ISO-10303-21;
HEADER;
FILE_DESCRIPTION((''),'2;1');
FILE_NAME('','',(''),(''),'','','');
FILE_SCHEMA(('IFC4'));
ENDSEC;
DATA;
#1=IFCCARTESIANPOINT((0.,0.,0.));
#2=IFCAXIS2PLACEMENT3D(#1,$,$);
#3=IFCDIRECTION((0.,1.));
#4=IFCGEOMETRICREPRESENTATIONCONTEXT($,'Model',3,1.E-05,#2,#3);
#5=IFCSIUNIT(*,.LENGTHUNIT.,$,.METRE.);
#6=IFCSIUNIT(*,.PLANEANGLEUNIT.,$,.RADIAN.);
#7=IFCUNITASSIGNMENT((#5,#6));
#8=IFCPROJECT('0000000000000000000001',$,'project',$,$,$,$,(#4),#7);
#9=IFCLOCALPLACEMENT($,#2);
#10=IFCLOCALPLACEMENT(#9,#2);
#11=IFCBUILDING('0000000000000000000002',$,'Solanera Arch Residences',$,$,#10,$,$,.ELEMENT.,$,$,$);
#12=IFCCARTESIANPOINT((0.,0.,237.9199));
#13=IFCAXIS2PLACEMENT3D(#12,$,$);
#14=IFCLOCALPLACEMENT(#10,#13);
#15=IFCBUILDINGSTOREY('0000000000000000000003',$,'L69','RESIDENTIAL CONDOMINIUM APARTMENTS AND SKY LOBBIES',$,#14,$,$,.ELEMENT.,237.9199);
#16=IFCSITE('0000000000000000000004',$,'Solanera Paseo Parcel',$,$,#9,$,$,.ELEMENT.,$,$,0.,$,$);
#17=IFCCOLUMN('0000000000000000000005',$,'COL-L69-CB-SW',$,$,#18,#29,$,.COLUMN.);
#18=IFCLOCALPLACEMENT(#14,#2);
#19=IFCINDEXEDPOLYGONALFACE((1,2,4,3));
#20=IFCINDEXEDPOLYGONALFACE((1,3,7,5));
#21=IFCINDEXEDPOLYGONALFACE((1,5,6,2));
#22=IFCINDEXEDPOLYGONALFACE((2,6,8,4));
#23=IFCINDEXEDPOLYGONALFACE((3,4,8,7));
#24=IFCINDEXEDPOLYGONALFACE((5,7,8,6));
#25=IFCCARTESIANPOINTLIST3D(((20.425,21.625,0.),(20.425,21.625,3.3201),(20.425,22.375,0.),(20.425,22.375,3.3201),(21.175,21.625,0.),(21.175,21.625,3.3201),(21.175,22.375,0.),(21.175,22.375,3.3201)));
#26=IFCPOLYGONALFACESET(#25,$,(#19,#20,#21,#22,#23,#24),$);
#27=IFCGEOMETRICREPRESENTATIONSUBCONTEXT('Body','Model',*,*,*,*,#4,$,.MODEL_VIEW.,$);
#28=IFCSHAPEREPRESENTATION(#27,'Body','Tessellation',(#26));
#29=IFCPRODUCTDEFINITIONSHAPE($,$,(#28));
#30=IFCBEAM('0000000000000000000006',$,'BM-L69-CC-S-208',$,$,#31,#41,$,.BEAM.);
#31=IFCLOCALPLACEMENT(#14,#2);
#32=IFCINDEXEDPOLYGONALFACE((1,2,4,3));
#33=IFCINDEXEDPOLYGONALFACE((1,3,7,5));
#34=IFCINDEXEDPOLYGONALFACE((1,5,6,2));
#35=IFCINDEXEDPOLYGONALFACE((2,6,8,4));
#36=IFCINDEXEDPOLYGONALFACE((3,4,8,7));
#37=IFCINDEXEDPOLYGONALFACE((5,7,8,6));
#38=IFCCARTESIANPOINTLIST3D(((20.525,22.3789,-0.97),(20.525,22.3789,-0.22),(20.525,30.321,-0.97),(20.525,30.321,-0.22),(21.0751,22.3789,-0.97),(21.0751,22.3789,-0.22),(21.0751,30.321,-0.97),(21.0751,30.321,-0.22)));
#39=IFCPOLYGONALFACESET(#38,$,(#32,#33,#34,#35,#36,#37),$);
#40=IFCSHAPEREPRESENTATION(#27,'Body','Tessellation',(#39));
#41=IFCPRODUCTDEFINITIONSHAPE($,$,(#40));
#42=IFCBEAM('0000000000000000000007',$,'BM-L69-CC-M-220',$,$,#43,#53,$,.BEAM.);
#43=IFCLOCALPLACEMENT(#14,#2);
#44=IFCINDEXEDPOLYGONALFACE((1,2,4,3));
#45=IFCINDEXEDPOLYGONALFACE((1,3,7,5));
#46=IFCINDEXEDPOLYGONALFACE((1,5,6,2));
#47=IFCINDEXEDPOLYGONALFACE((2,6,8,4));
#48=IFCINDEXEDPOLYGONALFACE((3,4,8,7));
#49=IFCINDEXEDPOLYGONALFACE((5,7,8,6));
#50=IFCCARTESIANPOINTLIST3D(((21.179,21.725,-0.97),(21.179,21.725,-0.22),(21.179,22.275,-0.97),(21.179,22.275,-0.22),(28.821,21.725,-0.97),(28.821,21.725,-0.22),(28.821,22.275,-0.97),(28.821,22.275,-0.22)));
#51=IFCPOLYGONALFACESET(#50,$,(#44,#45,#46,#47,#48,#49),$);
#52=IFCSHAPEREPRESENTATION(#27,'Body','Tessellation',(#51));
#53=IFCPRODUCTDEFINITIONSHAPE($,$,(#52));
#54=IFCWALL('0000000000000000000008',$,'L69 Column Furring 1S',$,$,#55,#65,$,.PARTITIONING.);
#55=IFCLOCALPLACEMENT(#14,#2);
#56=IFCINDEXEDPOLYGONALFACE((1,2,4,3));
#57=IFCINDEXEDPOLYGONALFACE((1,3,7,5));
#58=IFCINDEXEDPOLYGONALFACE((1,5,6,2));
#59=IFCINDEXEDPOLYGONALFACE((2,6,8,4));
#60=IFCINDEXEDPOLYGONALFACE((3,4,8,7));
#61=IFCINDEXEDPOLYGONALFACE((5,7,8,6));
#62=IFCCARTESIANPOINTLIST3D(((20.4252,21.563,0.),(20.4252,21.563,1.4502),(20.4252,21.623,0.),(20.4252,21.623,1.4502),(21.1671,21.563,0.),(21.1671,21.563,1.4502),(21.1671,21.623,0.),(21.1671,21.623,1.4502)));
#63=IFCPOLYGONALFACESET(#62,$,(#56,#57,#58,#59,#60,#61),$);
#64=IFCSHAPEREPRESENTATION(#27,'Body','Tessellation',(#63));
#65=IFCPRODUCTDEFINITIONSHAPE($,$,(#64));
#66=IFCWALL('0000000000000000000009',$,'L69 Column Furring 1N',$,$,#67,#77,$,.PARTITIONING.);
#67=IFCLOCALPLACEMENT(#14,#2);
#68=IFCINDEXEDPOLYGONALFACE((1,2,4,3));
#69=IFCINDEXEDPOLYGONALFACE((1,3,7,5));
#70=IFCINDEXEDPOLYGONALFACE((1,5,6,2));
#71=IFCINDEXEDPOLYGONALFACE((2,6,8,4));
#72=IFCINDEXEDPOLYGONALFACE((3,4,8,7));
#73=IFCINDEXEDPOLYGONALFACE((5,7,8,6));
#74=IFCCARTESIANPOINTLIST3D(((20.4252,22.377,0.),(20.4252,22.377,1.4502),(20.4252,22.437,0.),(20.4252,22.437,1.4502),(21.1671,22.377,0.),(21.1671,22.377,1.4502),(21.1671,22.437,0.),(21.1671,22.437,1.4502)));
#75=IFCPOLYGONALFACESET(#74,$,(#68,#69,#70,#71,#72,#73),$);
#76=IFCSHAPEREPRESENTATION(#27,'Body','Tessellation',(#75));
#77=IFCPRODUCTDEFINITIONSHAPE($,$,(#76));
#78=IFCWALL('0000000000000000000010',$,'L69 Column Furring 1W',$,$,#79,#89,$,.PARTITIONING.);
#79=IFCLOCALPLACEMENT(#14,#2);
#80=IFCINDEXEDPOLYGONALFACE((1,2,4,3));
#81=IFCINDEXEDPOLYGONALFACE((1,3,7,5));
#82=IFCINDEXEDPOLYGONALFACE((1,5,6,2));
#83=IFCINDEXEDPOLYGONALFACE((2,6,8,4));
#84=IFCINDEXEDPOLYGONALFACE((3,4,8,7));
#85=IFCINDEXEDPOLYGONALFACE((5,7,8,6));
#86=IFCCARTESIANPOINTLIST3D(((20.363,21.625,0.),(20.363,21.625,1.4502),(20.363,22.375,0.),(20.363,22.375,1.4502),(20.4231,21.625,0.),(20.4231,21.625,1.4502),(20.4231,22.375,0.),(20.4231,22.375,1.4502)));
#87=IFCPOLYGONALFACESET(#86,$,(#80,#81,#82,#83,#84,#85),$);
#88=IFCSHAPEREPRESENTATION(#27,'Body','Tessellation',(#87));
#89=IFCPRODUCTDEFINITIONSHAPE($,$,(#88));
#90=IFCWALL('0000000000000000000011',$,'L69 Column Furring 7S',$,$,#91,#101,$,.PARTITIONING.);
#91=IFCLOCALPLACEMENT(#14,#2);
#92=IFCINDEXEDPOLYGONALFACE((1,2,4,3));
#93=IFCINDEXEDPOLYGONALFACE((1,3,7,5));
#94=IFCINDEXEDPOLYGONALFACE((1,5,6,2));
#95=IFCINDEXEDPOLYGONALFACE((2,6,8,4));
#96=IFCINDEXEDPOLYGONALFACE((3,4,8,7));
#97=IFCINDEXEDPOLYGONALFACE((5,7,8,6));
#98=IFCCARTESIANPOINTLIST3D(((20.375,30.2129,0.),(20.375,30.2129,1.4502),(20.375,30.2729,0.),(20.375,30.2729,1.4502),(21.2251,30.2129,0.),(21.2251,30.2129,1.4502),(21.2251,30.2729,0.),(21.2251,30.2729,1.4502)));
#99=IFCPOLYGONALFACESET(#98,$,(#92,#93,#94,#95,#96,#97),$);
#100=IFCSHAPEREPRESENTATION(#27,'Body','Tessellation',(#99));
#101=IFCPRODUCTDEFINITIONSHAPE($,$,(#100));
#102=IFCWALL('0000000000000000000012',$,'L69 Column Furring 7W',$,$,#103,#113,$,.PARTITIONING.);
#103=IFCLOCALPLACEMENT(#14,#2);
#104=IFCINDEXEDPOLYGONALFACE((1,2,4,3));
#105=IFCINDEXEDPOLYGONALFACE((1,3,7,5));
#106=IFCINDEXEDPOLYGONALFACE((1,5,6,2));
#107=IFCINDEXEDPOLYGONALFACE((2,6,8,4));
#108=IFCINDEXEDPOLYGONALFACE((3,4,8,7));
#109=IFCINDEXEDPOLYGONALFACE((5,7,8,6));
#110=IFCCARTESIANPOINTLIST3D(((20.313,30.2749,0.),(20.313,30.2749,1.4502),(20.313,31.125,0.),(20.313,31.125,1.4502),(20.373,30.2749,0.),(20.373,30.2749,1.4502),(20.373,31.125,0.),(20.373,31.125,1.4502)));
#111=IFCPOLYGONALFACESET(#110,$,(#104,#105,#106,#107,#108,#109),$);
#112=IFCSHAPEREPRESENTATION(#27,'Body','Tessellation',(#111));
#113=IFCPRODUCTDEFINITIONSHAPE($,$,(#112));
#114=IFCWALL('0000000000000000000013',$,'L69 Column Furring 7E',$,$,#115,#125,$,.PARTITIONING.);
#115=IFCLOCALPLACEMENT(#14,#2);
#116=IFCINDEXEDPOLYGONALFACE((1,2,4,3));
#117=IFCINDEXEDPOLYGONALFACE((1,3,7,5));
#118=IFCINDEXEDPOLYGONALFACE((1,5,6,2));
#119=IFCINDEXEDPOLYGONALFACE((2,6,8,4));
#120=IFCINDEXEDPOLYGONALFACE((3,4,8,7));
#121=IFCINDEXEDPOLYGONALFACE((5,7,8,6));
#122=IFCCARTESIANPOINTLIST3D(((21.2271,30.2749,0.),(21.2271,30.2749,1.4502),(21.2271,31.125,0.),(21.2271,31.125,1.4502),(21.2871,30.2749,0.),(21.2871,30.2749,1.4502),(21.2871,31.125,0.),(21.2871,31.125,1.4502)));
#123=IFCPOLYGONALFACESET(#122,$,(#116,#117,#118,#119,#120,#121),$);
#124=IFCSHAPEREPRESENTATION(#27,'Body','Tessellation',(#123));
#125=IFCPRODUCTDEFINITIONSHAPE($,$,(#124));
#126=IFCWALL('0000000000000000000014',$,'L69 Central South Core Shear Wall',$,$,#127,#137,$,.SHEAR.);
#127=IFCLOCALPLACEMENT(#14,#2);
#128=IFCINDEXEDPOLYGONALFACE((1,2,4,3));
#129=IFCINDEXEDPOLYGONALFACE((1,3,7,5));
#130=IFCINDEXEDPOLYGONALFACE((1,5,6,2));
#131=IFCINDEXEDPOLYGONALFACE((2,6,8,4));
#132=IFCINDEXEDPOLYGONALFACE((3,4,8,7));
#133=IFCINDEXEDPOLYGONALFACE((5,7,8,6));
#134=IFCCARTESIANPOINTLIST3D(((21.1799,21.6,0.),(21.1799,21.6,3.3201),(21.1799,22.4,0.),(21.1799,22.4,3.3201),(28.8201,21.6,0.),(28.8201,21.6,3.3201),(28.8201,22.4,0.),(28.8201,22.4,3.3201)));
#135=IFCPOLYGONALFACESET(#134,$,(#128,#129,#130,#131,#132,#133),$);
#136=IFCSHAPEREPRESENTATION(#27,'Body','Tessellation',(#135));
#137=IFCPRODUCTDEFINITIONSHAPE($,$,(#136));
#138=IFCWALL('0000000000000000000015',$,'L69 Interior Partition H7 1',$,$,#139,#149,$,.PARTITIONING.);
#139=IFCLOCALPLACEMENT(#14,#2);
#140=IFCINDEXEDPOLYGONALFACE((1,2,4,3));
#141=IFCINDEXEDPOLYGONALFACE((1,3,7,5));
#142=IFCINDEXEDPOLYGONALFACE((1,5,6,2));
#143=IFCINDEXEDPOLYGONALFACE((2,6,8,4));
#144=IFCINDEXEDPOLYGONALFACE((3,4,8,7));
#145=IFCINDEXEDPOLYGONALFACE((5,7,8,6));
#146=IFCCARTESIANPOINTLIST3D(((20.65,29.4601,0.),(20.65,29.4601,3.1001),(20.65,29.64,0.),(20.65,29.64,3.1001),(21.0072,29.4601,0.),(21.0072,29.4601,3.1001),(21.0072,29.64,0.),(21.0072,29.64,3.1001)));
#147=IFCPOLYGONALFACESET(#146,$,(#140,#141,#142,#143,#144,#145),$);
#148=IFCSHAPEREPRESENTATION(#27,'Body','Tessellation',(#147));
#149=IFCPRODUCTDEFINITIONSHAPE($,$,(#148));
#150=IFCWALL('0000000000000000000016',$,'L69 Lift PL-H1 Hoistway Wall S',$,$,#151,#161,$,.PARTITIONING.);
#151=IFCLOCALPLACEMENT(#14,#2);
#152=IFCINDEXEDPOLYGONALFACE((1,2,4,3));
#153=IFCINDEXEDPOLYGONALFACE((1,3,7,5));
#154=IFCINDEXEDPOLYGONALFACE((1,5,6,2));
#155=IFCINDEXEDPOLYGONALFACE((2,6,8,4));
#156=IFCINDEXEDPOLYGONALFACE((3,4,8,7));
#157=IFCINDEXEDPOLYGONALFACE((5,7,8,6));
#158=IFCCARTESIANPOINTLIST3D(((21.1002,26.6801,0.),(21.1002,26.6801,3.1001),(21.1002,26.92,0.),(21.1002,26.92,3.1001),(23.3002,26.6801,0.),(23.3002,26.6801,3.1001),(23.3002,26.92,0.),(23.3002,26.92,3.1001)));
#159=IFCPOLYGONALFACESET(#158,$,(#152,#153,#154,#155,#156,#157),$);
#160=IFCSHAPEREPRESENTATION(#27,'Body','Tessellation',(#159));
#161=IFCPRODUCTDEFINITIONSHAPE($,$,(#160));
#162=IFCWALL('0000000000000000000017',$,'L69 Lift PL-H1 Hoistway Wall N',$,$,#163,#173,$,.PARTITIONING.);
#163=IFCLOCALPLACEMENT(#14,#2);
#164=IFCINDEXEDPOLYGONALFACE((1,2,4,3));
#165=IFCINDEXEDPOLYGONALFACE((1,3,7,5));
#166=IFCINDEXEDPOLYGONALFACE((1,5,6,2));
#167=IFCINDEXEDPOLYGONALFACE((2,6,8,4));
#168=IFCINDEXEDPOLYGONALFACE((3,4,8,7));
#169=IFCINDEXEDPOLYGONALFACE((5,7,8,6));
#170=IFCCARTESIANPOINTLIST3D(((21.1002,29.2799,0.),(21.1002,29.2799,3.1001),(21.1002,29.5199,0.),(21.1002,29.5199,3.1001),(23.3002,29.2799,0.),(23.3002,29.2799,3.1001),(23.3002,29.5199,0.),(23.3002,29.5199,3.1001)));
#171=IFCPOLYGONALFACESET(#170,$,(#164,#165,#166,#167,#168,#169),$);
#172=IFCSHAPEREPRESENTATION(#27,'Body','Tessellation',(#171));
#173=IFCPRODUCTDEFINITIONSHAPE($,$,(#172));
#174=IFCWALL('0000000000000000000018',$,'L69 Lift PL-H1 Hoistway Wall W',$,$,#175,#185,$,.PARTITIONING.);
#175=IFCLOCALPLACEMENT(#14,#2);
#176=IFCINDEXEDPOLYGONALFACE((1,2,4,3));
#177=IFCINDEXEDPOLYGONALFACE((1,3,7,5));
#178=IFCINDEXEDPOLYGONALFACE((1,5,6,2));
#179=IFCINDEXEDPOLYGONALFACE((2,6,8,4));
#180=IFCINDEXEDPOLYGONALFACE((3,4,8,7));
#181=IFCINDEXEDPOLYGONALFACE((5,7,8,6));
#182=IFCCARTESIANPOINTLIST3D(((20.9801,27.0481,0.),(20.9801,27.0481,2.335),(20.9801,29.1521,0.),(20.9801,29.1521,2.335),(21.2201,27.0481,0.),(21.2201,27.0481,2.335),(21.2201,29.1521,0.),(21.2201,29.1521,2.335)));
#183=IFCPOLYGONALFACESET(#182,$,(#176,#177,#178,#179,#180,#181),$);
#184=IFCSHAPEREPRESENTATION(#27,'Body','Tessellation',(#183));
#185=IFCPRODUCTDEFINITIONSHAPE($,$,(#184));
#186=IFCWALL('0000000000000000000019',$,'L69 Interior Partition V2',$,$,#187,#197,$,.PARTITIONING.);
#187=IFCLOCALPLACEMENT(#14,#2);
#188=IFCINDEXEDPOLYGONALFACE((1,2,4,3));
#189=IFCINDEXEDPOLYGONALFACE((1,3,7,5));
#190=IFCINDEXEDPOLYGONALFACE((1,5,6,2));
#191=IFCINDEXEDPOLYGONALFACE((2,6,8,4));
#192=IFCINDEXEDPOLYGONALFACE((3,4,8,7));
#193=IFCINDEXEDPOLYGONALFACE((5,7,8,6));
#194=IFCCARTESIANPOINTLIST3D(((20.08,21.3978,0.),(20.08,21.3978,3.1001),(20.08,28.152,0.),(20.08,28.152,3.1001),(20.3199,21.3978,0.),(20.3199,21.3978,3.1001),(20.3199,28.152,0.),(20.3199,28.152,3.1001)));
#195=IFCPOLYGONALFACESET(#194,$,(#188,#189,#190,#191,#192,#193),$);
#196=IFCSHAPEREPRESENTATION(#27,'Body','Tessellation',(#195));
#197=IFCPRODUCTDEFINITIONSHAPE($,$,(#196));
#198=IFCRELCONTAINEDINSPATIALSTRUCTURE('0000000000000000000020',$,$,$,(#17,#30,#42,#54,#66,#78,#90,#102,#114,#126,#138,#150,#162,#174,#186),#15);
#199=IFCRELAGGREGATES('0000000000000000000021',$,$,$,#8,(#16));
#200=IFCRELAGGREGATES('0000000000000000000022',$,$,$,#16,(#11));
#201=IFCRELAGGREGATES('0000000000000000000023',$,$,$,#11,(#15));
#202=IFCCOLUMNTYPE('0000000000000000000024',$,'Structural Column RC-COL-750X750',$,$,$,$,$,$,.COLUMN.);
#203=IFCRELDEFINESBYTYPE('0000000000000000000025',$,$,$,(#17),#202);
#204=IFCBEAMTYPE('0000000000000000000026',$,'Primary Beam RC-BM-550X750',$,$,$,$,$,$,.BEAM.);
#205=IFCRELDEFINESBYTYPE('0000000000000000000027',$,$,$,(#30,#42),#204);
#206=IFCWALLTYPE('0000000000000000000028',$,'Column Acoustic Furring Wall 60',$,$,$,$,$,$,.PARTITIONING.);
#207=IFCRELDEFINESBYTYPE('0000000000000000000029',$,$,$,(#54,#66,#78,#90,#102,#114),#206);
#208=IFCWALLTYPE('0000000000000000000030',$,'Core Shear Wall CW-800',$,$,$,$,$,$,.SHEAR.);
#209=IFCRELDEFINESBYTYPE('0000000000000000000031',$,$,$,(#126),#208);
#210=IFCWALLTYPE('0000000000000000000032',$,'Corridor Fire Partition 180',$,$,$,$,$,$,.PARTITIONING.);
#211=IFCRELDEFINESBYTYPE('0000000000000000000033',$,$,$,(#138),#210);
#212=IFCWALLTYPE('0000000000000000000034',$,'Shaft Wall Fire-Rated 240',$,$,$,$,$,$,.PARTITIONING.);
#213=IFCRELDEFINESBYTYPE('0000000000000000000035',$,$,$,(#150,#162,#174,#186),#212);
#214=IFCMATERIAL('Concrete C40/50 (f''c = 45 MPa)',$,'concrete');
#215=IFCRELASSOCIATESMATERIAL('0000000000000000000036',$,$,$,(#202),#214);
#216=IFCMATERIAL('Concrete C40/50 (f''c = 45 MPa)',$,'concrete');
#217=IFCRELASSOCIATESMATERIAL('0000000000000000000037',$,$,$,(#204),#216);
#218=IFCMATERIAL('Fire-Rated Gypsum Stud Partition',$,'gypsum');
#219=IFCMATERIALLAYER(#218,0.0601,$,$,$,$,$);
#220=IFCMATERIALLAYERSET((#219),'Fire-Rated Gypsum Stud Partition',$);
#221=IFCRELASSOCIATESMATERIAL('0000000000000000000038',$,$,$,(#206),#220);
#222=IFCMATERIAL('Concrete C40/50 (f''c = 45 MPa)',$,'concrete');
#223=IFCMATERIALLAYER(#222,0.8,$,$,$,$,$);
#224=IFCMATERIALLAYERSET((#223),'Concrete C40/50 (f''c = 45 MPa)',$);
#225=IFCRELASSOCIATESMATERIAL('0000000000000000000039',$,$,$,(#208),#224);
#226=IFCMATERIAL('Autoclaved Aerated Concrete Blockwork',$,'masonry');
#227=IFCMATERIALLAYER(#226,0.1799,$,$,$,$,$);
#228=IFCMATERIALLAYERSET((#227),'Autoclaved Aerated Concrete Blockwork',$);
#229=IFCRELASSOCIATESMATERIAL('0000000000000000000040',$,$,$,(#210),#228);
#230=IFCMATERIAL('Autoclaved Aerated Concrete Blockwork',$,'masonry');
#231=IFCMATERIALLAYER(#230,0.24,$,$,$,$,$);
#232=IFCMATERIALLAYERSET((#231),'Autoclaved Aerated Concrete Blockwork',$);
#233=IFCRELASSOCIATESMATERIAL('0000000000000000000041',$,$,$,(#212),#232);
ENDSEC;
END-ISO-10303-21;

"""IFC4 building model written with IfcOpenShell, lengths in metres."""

from ifc_helpers import new_model, si_unit, direction, frame, frame_2d, origin, origin_2d, place, context, subcontext, project, spatial, rectangle, extrude, material, layer, layer_set, material_profile, profile_set, type_object, element, save


model = new_model("IFC4")

# Units and contexts
model_context = context("Model", 3, precision=1e-05, world=origin(), true_north=direction((0.0, 1.0)))
body_context = subcontext(model_context, "Body", "Model", "MODEL_VIEW")
ifc_project = project(units=[si_unit("LENGTHUNIT", "METRE"), si_unit("PLANEANGLEUNIT", "RADIAN")], contexts=[model_context])

# Site, building, storey
site_placement = place(None, origin())
site = spatial("IfcSite", under=ifc_project, at=site_placement, Name="Solanera Paseo Parcel", CompositionType="ELEMENT", RefElevation=0.0)
building_placement = place(site_placement, origin())
building = spatial("IfcBuilding", under=site, at=building_placement, Name="Solanera Arch Residences", CompositionType="ELEMENT")
storey_placement = place(building_placement, frame((0.0, 0.0, 237.9199)))
storey = spatial("IfcBuildingStorey", under=building, at=storey_placement, Name="L69", Description="RESIDENTIAL CONDOMINIUM APARTMENTS AND SKY LOBBIES", CompositionType="ELEMENT", Elevation=237.9199)

# Column
ifc_material_1 = material(Name="Concrete C40/50 (f'c = 45 MPa)", Category="concrete")
ifc_material_profile_1 = material_profile(ifc_material_1, rectangle(XDim=0.75, YDim=0.75, at=origin_2d()))
ifc_profile_set_1 = profile_set([ifc_material_profile_1], Name="Concrete C40/50 (f'c = 45 MPa)")
column_type = type_object("IfcColumnType", Name="Structural Column RC-COL-750X750", PredefinedType="COLUMN", material=ifc_profile_set_1)
column_placement = place(storey_placement, frame((20.8, 22.0, 0.0), z_axis=(0.0, 0.0, 1.0), x_axis=(1.0, 0.0, 0.0)))
element("IfcColumn", 1, at=column_placement, inside=storey, type_object=column_type, Name="COL-L69-CB-SW", PredefinedType="COLUMN", context=body_context, shape_type="SweptSolid", body=[
    extrude(rectangle(XDim=0.75, YDim=0.75, at=origin_2d()), origin(), (0.0, 0.0, 1.0), 3.3201),
])

# Beams
ifc_material_2 = material(Name="Concrete C40/50 (f'c = 45 MPa)", Category="concrete")
ifc_material_profile_2 = material_profile(ifc_material_2, rectangle(XDim=0.55, YDim=0.75, at=origin_2d()))
ifc_profile_set_2 = profile_set([ifc_material_profile_2], Name="Concrete C40/50 (f'c = 45 MPa)")
beam_type = type_object("IfcBeamType", Name="Primary Beam RC-BM-550X750", PredefinedType="BEAM", material=ifc_profile_set_2)
beam_1_placement = place(storey_placement, frame((20.8, 22.3789, -0.595), z_axis=(0.0, 1.0, 0.0), x_axis=(-1.0, 0.0, 0.0)))
element("IfcBeam", 2, at=beam_1_placement, inside=storey, type_object=beam_type, Name="BM-L69-CC-S-208", PredefinedType="BEAM", context=body_context, shape_type="SweptSolid", body=[
    extrude(rectangle(XDim=0.55, YDim=0.75, at=origin_2d()), origin(), (0.0, 0.0, 1.0), 7.9421),
])
beam_2_placement = place(storey_placement, frame((21.179, 22.0, -0.595), z_axis=(1.0, 0.0, 0.0), x_axis=(0.0, 1.0, 0.0)))
element("IfcBeam", 3, at=beam_2_placement, inside=storey, type_object=beam_type, Name="BM-L69-CC-M-220", PredefinedType="BEAM", context=body_context, shape_type="SweptSolid", body=[
    extrude(rectangle(XDim=0.55, YDim=0.75, at=origin_2d()), origin(), (0.0, 0.0, 1.0), 7.6421),
])

# Walls
ifc_material_3 = material(Name="Fire-Rated Gypsum Stud Partition", Category="gypsum")
ifc_layer_1 = layer(ifc_material_3, 0.0601)
ifc_layer_set_1 = layer_set([ifc_layer_1], Name="Fire-Rated Gypsum Stud Partition")
wall_type_1 = type_object("IfcWallType", Name="Column Acoustic Furring Wall 60", PredefinedType="PARTITIONING", material=ifc_layer_set_1)
for number, where, z_axis, x_axis, name in (
    (4, (20.425, 21.593, 0.0), (0.0, 0.0, 1.0), (1.0, 0.0, 0.0), "L69 Column Furring 1S"),
    (5, (20.425, 22.407, 0.0), (0.0, 0.0, 1.0), (1.0, 0.0, 0.0), "L69 Column Furring 1N"),
):
    element("IfcWall", number, at=place(storey_placement, frame(where, z_axis=z_axis, x_axis=x_axis)), inside=storey, type_object=wall_type_1, Name=name, PredefinedType="PARTITIONING", context=body_context, shape_type="SweptSolid", body=[
        extrude(rectangle(XDim=0.7419, YDim=0.0601, at=frame_2d((0.3711, 0.0))), origin(), (0.0, 0.0, 1.0), 1.4502),
    ])
wall_1_placement = place(storey_placement, frame((20.3931, 21.625, 0.0), z_axis=(0.0, 0.0, 1.0), x_axis=(0.0, 1.0, 0.0)))
element("IfcWall", 6, at=wall_1_placement, inside=storey, type_object=wall_type_1, Name="L69 Column Furring 1W", PredefinedType="PARTITIONING", context=body_context, shape_type="SweptSolid", body=[
    extrude(rectangle(XDim=0.75, YDim=0.0601, at=frame_2d((0.375, 0.0))), origin(), (0.0, 0.0, 1.0), 1.4502),
])
for number, where, z_axis, x_axis, name in (
    (7, (20.375, 30.2429, 0.0), (0.0, 0.0, 1.0), (1.0, 0.0, 0.0), "L69 Column Furring 7S"),
    (8, (20.343, 30.2749, 0.0), (0.0, 0.0, 1.0), (0.0, 1.0, 0.0), "L69 Column Furring 7W"),
    (9, (21.2571, 30.2749, 0.0), (0.0, 0.0, 1.0), (0.0, 1.0, 0.0), "L69 Column Furring 7E"),
):
    element("IfcWall", number, at=place(storey_placement, frame(where, z_axis=z_axis, x_axis=x_axis)), inside=storey, type_object=wall_type_1, Name=name, PredefinedType="PARTITIONING", context=body_context, shape_type="SweptSolid", body=[
        extrude(rectangle(XDim=0.8501, YDim=0.0601, at=frame_2d((0.425, 0.0))), origin(), (0.0, 0.0, 1.0), 1.4502),
    ])

# Walls
ifc_material_4 = material(Name="Concrete C40/50 (f'c = 45 MPa)", Category="concrete")
ifc_layer_2 = layer(ifc_material_4, 0.8)
ifc_layer_set_2 = layer_set([ifc_layer_2], Name="Concrete C40/50 (f'c = 45 MPa)")
wall_type_2 = type_object("IfcWallType", Name="Core Shear Wall CW-800", PredefinedType="SHEAR", material=ifc_layer_set_2)
wall_2_placement = place(storey_placement, frame((21.1799, 22.0, 0.0), z_axis=(0.0, 0.0, 1.0), x_axis=(1.0, 0.0, 0.0)))
element("IfcWall", 10, at=wall_2_placement, inside=storey, type_object=wall_type_2, Name="L69 Central South Core Shear Wall", PredefinedType="SHEAR", context=body_context, shape_type="SweptSolid", body=[
    extrude(rectangle(XDim=7.6401, YDim=0.8, at=frame_2d((3.8201, 0.0))), origin(), (0.0, 0.0, 1.0), 3.3201),
])
ifc_material_5 = material(Name="Autoclaved Aerated Concrete Blockwork", Category="masonry")
ifc_layer_3 = layer(ifc_material_5, 0.1799)
ifc_layer_set_3 = layer_set([ifc_layer_3], Name="Autoclaved Aerated Concrete Blockwork")
wall_type_3 = type_object("IfcWallType", Name="Corridor Fire Partition 180", PredefinedType="PARTITIONING", material=ifc_layer_set_3)
wall_3_placement = place(storey_placement, frame((20.6499, 29.55, 0.0), z_axis=(0.0, 0.0, 1.0), x_axis=(1.0, 0.0, 0.0)))
element("IfcWall", 11, at=wall_3_placement, inside=storey, type_object=wall_type_3, Name="L69 Interior Partition H7 1", PredefinedType="PARTITIONING", context=body_context, shape_type="SweptSolid", body=[
    extrude(rectangle(XDim=0.3572, YDim=0.1799, at=frame_2d((0.1787, 0.0))), origin(), (0.0, 0.0, 1.0), 3.1001),
])
ifc_material_6 = material(Name="Autoclaved Aerated Concrete Blockwork", Category="masonry")
ifc_layer_4 = layer(ifc_material_6, 0.24)
ifc_layer_set_4 = layer_set([ifc_layer_4], Name="Autoclaved Aerated Concrete Blockwork")
wall_type_4 = type_object("IfcWallType", Name="Shaft Wall Fire-Rated 240", PredefinedType="PARTITIONING", material=ifc_layer_set_4)
for number, where, z_axis, x_axis, name in (
    (12, (21.1001, 26.8, 0.0), (0.0, 0.0, 1.0), (1.0, 0.0, 0.0), "L69 Lift PL-H1 Hoistway Wall S"),
    (13, (21.1001, 29.3999, 0.0), (0.0, 0.0, 1.0), (1.0, 0.0, 0.0), "L69 Lift PL-H1 Hoistway Wall N"),
):
    element("IfcWall", number, at=place(storey_placement, frame(where, z_axis=z_axis, x_axis=x_axis)), inside=storey, type_object=wall_type_4, Name=name, PredefinedType="PARTITIONING", context=body_context, shape_type="SweptSolid", body=[
        extrude(rectangle(XDim=2.2, YDim=0.24, at=frame_2d((1.1001, 0.0))), origin(), (0.0, 0.0, 1.0), 3.1001),
    ])
wall_4_placement = place(storey_placement, frame((21.1001, 27.0481, 0.0), z_axis=(0.0, 0.0, 1.0), x_axis=(0.0, 1.0, 0.0)))
element("IfcWall", 14, at=wall_4_placement, inside=storey, type_object=wall_type_4, Name="L69 Lift PL-H1 Hoistway Wall W", PredefinedType="PARTITIONING", context=body_context, shape_type="SweptSolid", body=[
    extrude(rectangle(XDim=2.104, YDim=0.24, at=frame_2d((1.052, 0.0))), origin(), (0.0, 0.0, 1.0), 2.335),
])

# Wall
wall_5_placement = place(storey_placement, frame((20.2, 21.3979, 0.0), z_axis=(0.0, 0.0, 1.0), x_axis=(0.0, 1.0, 0.0)))
element("IfcWall", 15, at=wall_5_placement, inside=storey, type_object=wall_type_4, Name="L69 Interior Partition V2", PredefinedType="PARTITIONING", context=body_context, shape_type="SweptSolid", body=[
    extrude(rectangle(XDim=6.7542, YDim=0.24, at=frame_2d((3.377, 0.0))), origin(), (0.0, 0.0, 1.0), 3.1001),
])

save(model, "model.ifc")
